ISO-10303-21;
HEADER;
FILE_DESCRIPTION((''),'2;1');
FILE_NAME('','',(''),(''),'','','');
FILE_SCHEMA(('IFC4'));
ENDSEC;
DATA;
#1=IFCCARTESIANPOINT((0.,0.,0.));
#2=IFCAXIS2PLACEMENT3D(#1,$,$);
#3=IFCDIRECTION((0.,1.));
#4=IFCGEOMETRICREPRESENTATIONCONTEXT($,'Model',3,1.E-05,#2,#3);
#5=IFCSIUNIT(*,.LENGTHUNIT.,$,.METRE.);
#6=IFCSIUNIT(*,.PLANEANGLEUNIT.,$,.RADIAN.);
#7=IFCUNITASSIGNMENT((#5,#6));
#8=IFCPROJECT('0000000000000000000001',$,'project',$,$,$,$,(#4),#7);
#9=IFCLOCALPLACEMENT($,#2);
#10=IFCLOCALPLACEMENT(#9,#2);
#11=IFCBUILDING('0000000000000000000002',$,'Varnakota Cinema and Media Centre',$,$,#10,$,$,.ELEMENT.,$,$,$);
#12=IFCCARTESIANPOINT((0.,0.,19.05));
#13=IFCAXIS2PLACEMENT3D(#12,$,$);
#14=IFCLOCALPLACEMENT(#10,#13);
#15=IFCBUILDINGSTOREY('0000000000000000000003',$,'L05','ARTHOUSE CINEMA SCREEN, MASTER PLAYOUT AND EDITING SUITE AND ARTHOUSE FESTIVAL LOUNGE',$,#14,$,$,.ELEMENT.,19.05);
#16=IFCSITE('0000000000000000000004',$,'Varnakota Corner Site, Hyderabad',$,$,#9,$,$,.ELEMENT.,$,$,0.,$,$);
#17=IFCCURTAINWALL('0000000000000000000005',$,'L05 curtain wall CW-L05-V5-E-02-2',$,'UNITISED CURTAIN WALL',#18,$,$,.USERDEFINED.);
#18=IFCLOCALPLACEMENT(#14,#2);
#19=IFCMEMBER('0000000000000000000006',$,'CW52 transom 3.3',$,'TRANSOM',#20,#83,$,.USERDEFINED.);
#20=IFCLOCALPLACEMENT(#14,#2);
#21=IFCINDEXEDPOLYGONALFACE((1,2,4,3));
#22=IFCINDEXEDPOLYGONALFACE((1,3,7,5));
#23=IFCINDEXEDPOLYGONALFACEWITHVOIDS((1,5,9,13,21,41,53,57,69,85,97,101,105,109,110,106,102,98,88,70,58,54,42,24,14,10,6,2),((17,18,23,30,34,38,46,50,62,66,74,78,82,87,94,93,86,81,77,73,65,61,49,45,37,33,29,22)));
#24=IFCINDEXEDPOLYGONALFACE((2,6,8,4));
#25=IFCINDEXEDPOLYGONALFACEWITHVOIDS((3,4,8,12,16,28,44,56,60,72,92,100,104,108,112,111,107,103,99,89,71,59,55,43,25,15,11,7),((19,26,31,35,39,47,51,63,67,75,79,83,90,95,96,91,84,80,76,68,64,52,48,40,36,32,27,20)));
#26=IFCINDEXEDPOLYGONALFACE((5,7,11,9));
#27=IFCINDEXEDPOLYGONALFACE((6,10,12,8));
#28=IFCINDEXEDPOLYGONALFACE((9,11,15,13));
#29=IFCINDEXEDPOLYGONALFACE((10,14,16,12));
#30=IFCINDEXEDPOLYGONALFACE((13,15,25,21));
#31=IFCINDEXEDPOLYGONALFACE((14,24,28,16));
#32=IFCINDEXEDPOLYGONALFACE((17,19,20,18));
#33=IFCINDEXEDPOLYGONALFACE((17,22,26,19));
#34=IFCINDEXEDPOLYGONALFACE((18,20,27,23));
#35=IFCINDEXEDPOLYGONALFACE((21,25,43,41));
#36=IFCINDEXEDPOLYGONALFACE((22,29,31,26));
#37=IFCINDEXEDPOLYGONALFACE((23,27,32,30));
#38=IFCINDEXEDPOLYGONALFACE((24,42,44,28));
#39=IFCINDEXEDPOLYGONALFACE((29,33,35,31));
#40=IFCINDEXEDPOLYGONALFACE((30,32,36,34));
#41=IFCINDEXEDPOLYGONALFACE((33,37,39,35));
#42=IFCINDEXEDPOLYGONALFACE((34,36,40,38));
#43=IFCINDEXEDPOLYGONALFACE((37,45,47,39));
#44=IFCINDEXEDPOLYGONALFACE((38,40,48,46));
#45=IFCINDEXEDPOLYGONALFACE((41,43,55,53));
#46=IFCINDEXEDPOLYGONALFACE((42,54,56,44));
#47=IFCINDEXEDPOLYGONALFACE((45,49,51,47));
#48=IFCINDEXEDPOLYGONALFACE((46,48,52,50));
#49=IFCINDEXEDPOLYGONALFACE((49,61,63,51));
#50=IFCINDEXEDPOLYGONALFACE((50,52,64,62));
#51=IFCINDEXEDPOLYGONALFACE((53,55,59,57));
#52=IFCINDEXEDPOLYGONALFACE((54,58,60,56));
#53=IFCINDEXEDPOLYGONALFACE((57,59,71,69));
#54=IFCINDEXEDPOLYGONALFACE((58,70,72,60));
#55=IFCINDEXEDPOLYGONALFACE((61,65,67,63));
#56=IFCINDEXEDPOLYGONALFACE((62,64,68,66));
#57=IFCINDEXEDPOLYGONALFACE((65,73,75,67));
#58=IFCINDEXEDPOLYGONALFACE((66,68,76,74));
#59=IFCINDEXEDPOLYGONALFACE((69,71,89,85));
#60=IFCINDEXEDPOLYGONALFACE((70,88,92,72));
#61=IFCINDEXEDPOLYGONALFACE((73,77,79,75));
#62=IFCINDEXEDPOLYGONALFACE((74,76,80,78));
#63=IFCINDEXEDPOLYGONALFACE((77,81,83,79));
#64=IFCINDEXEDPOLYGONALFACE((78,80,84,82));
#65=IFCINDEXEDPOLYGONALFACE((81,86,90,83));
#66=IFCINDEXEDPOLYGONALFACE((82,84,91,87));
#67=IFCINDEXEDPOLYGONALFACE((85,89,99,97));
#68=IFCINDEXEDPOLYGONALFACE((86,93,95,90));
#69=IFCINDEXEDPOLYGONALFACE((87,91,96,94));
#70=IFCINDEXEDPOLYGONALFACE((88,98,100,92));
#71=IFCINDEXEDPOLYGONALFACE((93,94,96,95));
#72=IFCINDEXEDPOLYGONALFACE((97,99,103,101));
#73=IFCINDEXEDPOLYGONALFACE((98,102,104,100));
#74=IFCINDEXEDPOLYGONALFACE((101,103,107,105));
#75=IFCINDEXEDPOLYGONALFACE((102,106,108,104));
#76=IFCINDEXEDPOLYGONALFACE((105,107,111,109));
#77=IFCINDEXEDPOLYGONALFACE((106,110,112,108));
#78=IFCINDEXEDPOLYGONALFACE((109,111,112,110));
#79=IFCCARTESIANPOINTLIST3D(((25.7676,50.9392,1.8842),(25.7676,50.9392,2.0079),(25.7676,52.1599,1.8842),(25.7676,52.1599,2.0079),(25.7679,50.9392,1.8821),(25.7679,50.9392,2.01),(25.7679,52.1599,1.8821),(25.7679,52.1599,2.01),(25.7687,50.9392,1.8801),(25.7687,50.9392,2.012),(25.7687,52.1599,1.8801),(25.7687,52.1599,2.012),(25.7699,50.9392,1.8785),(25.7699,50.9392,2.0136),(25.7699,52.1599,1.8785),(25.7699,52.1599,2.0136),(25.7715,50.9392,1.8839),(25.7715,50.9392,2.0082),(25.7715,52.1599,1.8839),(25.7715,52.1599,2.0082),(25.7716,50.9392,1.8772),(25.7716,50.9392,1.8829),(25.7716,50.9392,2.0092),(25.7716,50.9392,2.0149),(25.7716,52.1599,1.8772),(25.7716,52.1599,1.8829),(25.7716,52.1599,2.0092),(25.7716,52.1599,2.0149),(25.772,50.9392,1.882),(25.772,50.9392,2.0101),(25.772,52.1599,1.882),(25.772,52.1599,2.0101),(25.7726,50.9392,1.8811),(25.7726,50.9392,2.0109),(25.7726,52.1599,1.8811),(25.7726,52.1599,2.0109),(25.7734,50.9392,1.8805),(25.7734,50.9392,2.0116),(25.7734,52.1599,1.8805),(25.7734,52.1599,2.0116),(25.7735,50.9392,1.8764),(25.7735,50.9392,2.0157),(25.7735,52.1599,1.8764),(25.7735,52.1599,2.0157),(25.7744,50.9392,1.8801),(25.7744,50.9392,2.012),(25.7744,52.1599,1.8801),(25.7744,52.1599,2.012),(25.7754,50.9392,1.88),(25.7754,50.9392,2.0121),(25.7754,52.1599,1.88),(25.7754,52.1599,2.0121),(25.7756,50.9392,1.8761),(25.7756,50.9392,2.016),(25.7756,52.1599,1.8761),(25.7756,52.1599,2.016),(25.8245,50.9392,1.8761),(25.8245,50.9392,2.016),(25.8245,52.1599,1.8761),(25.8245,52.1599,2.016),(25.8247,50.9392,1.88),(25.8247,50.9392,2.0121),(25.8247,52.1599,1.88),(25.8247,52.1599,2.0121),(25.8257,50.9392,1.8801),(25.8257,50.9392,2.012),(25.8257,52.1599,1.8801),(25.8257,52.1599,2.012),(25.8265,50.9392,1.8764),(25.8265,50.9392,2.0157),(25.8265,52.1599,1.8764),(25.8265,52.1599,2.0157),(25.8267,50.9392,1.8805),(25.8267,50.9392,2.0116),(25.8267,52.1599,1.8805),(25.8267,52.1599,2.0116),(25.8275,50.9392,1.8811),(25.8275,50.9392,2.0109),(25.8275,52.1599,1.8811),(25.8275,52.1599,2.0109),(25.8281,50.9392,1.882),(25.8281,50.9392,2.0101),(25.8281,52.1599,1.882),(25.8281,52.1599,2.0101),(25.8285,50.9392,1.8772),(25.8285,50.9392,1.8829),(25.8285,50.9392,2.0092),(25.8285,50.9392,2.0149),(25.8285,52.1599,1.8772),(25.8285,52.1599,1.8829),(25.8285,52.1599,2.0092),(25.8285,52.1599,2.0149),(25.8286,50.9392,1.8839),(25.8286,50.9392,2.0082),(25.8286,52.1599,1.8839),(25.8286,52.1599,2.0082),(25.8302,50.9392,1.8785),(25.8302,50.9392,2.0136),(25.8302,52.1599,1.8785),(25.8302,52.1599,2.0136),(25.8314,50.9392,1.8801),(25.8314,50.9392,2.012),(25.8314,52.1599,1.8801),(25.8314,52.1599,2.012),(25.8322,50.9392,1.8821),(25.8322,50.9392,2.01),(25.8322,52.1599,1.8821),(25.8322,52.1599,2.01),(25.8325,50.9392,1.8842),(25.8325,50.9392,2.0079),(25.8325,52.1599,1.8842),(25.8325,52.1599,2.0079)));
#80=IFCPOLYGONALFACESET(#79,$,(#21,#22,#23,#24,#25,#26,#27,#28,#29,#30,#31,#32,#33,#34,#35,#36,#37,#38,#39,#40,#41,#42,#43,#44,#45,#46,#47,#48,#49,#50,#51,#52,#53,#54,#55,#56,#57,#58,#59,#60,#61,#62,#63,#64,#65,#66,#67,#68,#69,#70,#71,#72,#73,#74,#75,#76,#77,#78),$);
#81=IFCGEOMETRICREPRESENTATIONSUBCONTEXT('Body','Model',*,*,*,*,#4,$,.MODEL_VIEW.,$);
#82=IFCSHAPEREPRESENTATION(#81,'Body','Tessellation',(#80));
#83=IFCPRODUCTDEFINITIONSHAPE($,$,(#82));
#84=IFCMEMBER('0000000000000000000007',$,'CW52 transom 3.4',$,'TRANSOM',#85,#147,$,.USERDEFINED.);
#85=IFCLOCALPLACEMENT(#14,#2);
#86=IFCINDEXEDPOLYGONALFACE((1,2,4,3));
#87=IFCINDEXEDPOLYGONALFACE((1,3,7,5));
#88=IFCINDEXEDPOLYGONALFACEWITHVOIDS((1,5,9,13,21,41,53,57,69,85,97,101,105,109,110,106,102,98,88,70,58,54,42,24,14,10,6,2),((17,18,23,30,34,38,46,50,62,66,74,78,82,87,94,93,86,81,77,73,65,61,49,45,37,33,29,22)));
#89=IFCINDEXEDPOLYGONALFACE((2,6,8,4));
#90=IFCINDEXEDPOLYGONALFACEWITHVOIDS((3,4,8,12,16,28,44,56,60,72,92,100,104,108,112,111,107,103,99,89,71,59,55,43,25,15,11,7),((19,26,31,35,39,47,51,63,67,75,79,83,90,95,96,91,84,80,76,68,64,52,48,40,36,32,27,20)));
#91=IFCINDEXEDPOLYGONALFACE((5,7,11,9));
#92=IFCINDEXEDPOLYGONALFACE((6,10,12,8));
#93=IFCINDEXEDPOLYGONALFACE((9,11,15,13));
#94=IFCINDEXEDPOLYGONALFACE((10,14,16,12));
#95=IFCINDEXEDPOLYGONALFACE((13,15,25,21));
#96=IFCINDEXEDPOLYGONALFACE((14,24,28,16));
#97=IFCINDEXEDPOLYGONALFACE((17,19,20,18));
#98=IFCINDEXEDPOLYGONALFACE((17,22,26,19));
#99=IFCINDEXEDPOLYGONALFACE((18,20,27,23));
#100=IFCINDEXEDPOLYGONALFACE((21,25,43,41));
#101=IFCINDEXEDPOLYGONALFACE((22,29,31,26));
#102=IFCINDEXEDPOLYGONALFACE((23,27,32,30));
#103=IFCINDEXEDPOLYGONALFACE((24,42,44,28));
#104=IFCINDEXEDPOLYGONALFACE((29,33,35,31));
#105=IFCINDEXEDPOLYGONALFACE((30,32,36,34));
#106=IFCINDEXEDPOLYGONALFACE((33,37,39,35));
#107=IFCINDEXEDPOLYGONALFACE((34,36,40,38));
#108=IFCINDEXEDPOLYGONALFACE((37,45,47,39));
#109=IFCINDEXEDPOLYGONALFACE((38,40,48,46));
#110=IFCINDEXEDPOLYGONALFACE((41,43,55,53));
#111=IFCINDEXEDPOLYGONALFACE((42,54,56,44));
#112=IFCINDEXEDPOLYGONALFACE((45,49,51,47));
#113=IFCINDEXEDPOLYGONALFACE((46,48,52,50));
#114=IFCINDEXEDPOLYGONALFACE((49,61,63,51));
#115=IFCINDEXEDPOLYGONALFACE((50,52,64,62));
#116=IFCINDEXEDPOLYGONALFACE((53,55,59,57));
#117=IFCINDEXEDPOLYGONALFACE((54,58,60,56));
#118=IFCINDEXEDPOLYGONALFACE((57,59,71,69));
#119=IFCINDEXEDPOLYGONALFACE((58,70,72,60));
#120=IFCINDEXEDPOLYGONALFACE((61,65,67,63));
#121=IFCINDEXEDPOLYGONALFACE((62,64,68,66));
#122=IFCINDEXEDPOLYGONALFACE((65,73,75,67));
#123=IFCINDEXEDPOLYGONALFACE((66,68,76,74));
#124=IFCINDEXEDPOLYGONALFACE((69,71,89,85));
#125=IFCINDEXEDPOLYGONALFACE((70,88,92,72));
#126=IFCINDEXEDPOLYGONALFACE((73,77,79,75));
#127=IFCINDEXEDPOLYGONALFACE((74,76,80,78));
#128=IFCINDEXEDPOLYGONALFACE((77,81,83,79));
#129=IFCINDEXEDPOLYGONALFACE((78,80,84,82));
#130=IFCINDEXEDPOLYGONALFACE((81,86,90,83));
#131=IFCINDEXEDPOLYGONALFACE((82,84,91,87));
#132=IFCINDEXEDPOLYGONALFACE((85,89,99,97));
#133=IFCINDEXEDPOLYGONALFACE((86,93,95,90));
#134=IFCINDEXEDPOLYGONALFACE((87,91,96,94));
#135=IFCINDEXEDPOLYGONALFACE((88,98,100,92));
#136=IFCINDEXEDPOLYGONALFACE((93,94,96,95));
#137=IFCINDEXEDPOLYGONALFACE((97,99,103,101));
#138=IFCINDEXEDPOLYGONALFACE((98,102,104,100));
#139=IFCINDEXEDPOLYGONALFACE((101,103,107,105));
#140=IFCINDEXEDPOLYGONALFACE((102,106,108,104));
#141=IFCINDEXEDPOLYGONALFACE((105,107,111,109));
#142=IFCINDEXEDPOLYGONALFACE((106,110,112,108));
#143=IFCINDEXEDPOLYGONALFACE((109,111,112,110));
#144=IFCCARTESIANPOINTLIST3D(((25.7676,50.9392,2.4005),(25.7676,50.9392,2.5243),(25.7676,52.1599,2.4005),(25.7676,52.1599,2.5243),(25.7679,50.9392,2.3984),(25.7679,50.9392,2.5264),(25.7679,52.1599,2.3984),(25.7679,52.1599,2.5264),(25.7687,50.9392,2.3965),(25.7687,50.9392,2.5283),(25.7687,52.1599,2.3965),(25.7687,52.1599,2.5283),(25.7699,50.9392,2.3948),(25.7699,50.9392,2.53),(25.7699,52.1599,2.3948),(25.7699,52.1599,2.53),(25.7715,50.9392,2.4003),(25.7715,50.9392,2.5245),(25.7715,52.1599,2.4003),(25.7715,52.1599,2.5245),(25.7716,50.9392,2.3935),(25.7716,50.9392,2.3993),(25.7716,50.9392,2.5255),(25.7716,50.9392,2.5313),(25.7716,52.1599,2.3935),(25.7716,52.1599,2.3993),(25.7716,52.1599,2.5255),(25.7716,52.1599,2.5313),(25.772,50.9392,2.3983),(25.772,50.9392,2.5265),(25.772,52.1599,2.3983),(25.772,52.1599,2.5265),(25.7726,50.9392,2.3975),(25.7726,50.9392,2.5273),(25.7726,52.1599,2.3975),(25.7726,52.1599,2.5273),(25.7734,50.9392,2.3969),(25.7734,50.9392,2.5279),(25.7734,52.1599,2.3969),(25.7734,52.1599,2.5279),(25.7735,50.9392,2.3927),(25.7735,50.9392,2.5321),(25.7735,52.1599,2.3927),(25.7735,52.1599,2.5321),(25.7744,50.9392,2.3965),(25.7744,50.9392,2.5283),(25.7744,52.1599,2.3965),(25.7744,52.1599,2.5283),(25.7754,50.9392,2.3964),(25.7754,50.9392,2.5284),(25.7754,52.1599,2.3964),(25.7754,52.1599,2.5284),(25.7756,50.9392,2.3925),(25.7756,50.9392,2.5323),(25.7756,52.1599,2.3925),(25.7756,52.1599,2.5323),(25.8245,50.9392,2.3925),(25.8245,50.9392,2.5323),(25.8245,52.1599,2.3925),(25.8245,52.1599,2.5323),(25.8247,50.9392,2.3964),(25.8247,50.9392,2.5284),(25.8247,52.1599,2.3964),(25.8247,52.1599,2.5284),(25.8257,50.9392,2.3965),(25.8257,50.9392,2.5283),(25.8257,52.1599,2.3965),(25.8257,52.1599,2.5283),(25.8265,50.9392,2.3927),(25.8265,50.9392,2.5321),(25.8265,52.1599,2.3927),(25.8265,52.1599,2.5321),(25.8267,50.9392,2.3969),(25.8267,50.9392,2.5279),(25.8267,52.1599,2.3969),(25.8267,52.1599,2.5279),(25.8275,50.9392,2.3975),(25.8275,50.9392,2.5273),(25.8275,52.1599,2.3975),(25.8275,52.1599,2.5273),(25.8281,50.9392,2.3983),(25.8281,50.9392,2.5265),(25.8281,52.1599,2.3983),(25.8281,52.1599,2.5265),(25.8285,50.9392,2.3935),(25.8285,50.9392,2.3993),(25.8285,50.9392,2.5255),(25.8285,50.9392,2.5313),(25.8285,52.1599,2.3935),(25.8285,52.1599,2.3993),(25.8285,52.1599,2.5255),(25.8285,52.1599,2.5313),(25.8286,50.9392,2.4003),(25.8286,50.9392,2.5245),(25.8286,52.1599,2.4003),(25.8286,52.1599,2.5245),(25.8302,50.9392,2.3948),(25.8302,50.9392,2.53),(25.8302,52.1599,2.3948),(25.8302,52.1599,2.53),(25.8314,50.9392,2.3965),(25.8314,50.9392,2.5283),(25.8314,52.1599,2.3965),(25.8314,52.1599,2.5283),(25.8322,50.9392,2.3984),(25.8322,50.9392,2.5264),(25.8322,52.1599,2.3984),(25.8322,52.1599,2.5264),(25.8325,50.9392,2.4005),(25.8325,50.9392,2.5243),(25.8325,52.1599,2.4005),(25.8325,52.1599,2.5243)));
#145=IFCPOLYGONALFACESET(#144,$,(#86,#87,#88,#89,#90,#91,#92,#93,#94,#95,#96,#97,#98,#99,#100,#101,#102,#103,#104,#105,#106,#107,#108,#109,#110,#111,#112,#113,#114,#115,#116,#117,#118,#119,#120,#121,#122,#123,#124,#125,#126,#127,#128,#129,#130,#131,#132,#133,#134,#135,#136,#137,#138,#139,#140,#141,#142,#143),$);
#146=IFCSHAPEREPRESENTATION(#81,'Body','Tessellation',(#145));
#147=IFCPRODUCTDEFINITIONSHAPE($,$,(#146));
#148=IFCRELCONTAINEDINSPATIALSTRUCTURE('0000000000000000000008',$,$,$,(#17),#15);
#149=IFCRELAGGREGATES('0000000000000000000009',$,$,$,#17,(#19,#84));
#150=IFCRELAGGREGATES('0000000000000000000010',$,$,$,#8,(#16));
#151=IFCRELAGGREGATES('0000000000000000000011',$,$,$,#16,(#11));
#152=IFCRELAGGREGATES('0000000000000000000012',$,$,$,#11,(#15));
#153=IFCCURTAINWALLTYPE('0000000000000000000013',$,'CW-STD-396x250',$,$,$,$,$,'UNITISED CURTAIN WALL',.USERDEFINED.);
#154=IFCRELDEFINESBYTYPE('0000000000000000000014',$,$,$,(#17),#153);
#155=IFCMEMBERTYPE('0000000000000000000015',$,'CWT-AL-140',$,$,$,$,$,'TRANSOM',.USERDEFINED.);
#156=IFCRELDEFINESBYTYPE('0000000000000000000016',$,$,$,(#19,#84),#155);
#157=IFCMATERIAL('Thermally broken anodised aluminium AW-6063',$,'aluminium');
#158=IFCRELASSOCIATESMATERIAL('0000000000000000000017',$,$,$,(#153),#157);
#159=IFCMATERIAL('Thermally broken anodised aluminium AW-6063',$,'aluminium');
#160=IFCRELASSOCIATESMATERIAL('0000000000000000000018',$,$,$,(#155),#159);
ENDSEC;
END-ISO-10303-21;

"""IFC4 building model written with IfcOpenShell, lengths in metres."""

from ifc_helpers import new_model, si_unit, direction, frame, origin, origin_2d, place, context, subcontext, project, spatial, hollow_rectangle, extrude, material, material_profile, profile_set, type_object, element, aggregate, save


model = new_model("IFC4")

# Units and contexts
model_context = context("Model", 3, precision=1e-05, world=origin(), true_north=direction((0.0, 1.0)))
body_context = subcontext(model_context, "Body", "Model", "MODEL_VIEW")
ifc_project = project(units=[si_unit("LENGTHUNIT", "METRE"), si_unit("PLANEANGLEUNIT", "RADIAN")], contexts=[model_context])

# Site, building, storey
site_placement = place(None, origin())
site = spatial("IfcSite", under=ifc_project, at=site_placement, Name="Varnakota Corner Site, Hyderabad", CompositionType="ELEMENT", RefElevation=0.0)
building_placement = place(site_placement, origin())
building = spatial("IfcBuilding", under=site, at=building_placement, Name="Varnakota Cinema and Media Centre", CompositionType="ELEMENT")
storey_placement = place(building_placement, frame((0.0, 0.0, 19.05)))
storey = spatial("IfcBuildingStorey", under=building, at=storey_placement, Name="L05", Description="ARTHOUSE CINEMA SCREEN, MASTER PLAYOUT AND EDITING SUITE AND ARTHOUSE FESTIVAL LOUNGE", CompositionType="ELEMENT", Elevation=19.05)

# Curtain wall
ifc_material_1 = material(Name="Thermally broken anodised aluminium AW-6063", Category="aluminium")
curtain_wall_type_1 = type_object("IfcCurtainWallType", Name="CW-STD-396x250", ElementType="UNITISED CURTAIN WALL", PredefinedType="USERDEFINED", material=ifc_material_1)
curtain_wall_1_placement = place(storey_placement, origin())
curtain_wall_1 = element("IfcCurtainWall", 1, at=curtain_wall_1_placement, inside=storey, type_object=curtain_wall_type_1, Name="L05 curtain wall CW-L05-V5-E-02-2", ObjectType="UNITISED CURTAIN WALL", PredefinedType="USERDEFINED")

# Members
ifc_material_2 = material(Name="Thermally broken anodised aluminium AW-6063", Category="aluminium")
ifc_material_profile_1 = material_profile(ifc_material_2, hollow_rectangle(XDim=0.0649, YDim=0.1399, WallThickness=0.0039, InnerFilletRadius=0.0039, OuterFilletRadius=0.0081, at=origin_2d()), Name="AL-TRANSOM 140x65x4")
ifc_profile_set_1 = profile_set([ifc_material_profile_1], Name="Thermally broken anodised aluminium AW-6063")
member_type_1 = type_object("IfcMemberType", Name="CWT-AL-140", ElementType="TRANSOM", PredefinedType="USERDEFINED", material=ifc_profile_set_1)
member_1_placement = place(storey_placement, frame((25.8, 50.9392, 1.946), z_axis=(0.0, 1.0, 0.0), x_axis=(-1.0, 0.0, 0.0)))
member_1 = element("IfcMember", 2, at=member_1_placement, type_object=member_type_1, Name="CW52 transom 3.3", ObjectType="TRANSOM", PredefinedType="USERDEFINED", context=body_context, shape_type="SweptSolid", body=[
    extrude(hollow_rectangle(XDim=0.0649, YDim=0.1399, WallThickness=0.0039, InnerFilletRadius=0.0039, OuterFilletRadius=0.0081, at=origin_2d()), origin(), (0.0, 0.0, 1.0), 1.2207),
])
member_2_placement = place(storey_placement, frame((25.8, 50.9392, 2.4624), z_axis=(0.0, 1.0, 0.0), x_axis=(-1.0, 0.0, 0.0)))
member_2 = element("IfcMember", 3, at=member_2_placement, type_object=member_type_1, Name="CW52 transom 3.4", ObjectType="TRANSOM", PredefinedType="USERDEFINED", context=body_context, shape_type="SweptSolid", body=[
    extrude(hollow_rectangle(XDim=0.0649, YDim=0.1399, WallThickness=0.0039, InnerFilletRadius=0.0039, OuterFilletRadius=0.0081, at=origin_2d()), origin(), (0.0, 0.0, 1.0), 1.2207),
])

aggregate(curtain_wall_1, [member_1, member_2])

save(model, "model.ifc")
